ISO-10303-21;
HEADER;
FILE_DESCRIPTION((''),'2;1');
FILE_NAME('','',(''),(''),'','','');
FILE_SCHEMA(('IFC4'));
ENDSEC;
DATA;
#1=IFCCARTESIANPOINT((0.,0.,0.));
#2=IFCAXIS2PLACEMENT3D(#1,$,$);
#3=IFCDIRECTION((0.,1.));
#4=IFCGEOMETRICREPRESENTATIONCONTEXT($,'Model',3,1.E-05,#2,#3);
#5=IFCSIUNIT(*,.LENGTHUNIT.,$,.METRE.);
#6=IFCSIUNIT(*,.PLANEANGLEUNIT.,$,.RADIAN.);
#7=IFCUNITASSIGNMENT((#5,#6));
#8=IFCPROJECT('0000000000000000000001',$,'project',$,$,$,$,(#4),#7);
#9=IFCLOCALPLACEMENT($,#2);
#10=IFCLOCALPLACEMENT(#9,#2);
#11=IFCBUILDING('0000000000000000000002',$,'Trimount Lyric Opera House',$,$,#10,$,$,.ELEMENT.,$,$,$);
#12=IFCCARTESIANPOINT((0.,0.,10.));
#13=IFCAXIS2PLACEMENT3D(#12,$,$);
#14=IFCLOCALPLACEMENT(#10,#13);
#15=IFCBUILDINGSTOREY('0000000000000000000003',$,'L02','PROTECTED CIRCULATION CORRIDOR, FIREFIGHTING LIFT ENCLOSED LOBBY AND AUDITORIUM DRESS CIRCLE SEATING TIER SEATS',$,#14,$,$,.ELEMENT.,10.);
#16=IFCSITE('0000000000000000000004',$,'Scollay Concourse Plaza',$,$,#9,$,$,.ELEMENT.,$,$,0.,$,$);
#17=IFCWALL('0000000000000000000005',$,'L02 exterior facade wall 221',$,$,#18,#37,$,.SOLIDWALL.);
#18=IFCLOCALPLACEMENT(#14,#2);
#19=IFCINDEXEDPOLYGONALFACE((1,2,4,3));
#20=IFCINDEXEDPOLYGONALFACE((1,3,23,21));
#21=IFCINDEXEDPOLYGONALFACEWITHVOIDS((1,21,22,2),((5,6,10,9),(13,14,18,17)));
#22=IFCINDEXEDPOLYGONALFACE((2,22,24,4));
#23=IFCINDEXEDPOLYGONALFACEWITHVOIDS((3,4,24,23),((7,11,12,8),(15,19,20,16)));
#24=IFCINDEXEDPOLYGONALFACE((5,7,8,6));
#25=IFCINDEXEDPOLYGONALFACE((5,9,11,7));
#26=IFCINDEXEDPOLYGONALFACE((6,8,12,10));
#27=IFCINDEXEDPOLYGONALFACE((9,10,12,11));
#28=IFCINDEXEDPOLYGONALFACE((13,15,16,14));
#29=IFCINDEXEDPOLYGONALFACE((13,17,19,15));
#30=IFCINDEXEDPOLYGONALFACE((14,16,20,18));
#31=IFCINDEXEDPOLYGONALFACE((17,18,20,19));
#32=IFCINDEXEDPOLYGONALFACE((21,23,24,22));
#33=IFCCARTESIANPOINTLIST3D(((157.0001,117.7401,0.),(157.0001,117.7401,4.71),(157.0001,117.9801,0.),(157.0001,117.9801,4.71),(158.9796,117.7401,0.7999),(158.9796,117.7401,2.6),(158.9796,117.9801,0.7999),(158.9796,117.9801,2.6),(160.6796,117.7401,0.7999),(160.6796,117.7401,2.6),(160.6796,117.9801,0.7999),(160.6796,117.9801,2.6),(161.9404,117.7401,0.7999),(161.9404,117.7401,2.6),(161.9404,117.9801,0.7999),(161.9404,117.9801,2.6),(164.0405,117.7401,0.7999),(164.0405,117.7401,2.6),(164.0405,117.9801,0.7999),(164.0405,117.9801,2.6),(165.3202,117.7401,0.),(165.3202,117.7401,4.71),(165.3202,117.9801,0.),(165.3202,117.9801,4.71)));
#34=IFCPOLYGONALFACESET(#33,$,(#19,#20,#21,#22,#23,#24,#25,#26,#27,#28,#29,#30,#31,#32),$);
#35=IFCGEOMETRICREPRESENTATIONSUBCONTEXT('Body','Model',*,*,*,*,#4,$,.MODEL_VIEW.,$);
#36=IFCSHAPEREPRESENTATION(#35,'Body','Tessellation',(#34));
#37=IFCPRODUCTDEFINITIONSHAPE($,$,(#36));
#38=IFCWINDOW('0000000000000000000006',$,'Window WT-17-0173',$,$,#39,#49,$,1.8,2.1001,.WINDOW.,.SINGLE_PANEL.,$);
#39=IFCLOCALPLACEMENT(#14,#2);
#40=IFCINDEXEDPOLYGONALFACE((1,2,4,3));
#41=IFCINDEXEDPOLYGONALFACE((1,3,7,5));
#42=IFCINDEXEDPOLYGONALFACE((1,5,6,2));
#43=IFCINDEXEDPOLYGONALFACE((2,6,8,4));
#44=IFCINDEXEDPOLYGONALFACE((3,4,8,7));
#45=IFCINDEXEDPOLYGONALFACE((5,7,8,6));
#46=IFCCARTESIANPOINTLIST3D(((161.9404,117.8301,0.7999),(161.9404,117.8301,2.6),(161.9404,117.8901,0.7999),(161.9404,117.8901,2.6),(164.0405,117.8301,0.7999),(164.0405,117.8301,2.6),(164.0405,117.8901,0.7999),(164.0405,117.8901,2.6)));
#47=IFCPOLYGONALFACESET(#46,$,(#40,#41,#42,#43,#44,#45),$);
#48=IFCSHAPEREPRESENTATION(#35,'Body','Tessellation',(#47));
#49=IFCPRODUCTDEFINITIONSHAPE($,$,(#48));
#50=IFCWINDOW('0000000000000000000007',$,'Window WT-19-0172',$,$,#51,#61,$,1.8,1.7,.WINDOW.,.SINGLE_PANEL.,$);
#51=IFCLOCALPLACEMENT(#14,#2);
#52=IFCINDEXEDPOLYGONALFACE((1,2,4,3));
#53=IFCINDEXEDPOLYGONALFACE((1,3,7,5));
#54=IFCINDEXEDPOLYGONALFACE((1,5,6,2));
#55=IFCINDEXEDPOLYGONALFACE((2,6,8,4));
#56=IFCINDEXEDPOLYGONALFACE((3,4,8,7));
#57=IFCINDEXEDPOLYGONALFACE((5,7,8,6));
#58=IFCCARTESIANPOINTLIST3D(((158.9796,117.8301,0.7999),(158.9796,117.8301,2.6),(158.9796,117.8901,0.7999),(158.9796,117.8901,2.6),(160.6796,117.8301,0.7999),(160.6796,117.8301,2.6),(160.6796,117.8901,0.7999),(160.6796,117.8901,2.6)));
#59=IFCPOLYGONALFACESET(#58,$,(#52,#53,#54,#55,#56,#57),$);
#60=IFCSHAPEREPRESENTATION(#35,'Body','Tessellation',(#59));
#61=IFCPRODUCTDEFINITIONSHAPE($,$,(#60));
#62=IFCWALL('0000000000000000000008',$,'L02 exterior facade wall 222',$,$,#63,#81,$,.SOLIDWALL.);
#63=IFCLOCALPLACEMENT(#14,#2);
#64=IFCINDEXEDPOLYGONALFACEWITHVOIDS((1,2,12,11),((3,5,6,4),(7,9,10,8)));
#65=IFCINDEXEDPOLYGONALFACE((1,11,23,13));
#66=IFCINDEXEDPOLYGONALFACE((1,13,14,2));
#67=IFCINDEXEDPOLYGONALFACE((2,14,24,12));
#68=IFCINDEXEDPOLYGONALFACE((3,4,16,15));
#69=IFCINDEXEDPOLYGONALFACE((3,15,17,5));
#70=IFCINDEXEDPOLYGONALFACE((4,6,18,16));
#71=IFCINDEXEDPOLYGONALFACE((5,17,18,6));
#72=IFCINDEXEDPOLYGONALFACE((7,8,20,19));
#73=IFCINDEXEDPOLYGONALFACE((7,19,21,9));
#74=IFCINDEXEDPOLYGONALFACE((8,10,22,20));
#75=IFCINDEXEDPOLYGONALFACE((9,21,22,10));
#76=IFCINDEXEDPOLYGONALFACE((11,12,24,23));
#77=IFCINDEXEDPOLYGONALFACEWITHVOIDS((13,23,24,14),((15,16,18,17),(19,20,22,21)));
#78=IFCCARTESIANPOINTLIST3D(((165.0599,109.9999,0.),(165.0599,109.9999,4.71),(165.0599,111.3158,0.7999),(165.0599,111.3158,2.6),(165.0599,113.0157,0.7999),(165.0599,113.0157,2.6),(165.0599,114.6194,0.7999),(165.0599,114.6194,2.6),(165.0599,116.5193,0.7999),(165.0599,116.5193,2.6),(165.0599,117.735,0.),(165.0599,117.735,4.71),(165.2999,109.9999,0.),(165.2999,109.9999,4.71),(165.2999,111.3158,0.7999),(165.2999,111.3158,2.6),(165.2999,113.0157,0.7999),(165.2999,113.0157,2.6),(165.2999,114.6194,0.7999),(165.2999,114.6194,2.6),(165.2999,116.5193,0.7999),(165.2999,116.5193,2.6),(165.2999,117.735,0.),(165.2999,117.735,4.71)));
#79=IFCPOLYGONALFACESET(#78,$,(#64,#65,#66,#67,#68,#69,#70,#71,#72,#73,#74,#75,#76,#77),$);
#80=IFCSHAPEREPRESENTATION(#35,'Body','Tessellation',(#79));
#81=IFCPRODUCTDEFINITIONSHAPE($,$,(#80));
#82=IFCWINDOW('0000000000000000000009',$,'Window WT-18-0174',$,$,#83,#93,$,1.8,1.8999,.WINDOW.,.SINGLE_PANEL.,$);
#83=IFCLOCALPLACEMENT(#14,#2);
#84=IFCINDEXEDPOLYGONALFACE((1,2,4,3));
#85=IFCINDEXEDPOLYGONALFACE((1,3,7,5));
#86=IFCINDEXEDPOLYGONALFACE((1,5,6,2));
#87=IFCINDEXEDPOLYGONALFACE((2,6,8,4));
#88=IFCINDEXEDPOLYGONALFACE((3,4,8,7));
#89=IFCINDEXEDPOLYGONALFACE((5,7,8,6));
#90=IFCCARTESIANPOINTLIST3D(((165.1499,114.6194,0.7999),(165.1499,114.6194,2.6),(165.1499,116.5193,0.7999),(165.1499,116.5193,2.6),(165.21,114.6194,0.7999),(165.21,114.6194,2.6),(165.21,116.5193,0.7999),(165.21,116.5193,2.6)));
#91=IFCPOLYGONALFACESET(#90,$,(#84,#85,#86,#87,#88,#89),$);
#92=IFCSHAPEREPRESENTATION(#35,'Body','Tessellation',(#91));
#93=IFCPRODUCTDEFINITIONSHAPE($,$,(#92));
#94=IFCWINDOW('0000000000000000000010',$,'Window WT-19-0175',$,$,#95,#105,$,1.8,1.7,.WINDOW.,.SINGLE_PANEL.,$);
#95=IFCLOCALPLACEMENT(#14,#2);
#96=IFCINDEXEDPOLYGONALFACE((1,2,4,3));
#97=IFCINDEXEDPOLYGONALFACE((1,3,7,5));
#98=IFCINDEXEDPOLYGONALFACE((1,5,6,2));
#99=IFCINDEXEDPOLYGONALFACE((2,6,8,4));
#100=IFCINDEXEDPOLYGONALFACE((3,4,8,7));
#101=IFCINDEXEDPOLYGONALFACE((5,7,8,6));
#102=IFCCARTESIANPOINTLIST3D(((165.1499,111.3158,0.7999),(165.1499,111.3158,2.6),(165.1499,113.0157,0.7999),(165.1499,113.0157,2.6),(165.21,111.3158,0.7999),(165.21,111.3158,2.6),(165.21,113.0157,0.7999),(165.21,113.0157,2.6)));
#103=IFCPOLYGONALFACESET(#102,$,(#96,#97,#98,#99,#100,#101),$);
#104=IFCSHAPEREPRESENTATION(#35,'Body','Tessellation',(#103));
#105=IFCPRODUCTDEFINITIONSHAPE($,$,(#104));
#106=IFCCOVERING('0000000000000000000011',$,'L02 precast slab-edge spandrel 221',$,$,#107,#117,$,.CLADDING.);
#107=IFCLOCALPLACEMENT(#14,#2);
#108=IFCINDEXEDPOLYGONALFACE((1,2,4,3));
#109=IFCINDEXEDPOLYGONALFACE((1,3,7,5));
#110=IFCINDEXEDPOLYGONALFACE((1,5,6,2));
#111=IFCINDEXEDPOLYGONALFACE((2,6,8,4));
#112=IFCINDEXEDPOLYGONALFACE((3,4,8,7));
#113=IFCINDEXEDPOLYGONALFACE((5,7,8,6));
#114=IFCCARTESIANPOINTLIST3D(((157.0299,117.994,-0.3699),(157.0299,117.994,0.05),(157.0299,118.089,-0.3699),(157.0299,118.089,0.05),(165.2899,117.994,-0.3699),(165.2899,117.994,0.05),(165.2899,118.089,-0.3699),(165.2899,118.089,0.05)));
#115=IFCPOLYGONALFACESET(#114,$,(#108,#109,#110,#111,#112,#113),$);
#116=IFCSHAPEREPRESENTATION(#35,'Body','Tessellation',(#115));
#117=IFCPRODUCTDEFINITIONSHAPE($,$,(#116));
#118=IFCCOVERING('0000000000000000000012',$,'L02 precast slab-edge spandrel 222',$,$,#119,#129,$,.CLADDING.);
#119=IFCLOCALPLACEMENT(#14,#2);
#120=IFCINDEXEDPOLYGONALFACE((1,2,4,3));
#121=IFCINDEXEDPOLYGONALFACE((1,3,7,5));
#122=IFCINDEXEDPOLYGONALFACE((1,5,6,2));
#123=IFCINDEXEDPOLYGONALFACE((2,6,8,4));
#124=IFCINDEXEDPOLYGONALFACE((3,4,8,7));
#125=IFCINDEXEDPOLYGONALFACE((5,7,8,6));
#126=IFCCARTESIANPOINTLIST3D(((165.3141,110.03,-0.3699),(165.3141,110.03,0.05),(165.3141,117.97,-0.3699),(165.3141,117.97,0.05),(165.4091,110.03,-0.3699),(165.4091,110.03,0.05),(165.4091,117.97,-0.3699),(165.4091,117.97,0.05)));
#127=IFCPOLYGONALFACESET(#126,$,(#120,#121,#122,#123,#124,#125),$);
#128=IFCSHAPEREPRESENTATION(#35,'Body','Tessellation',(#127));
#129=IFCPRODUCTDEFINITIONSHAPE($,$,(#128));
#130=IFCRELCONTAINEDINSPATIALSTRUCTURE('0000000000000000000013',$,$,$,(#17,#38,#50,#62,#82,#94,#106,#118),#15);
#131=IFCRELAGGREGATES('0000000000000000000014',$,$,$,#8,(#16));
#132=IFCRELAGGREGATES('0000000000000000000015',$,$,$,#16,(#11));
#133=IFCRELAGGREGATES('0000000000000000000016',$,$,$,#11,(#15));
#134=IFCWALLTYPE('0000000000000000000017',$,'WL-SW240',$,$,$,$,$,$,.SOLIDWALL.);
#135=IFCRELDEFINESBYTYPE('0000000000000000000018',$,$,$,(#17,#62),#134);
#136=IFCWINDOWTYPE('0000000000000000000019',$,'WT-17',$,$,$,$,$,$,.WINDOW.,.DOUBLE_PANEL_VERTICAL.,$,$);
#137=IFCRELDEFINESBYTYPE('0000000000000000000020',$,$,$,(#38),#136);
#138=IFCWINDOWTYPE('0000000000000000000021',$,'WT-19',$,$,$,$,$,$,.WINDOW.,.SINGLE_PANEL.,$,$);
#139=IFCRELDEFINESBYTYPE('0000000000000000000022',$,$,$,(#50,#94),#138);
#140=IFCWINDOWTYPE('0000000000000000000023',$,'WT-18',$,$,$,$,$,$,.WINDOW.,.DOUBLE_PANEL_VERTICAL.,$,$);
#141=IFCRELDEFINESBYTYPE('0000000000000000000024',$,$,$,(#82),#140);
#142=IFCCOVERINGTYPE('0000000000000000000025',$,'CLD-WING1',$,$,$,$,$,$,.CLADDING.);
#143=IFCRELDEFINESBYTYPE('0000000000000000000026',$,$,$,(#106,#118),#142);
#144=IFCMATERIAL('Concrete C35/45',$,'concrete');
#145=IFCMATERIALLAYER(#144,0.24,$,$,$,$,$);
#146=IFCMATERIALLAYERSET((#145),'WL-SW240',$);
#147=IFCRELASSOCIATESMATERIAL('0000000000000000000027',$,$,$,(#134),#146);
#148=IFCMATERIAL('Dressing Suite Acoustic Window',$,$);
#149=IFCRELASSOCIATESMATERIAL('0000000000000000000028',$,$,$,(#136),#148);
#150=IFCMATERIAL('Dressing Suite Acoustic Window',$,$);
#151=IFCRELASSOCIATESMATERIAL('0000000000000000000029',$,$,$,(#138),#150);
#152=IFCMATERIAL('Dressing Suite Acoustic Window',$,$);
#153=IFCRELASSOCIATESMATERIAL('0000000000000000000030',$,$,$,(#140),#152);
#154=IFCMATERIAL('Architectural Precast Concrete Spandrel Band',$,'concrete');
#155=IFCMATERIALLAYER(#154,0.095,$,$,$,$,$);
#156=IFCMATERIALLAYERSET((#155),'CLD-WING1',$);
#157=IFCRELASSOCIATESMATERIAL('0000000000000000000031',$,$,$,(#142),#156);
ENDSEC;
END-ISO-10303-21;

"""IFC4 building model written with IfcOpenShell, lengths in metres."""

from ifc_helpers import new_model, si_unit, direction, frame, frame_2d, origin, origin_2d, place, context, subcontext, project, spatial, rectangle, extrude, material, layer, layer_set, type_object, element, fill, save


model = new_model("IFC4")

# Units and contexts
model_context = context("Model", 3, precision=1e-05, world=origin(), true_north=direction((0.0, 1.0)))
body_context = subcontext(model_context, "Body", "Model", "MODEL_VIEW")
ifc_project = project(units=[si_unit("LENGTHUNIT", "METRE"), si_unit("PLANEANGLEUNIT", "RADIAN")], contexts=[model_context])

# Site, building, storey
site_placement = place(None, origin())
site = spatial("IfcSite", under=ifc_project, at=site_placement, Name="Scollay Concourse Plaza", CompositionType="ELEMENT", RefElevation=0.0)
building_placement = place(site_placement, origin())
building = spatial("IfcBuilding", under=site, at=building_placement, Name="Trimount Lyric Opera House", CompositionType="ELEMENT")
storey_placement = place(building_placement, frame((0.0, 0.0, 10.0)))
storey = spatial("IfcBuildingStorey", under=building, at=storey_placement, Name="L02", Description="PROTECTED CIRCULATION CORRIDOR, FIREFIGHTING LIFT ENCLOSED LOBBY AND AUDITORIUM DRESS CIRCLE SEATING TIER SEATS", CompositionType="ELEMENT", Elevation=10.0)

# Walls, openings, windows
ifc_material_1 = material(Name="Concrete C35/45", Category="concrete")
ifc_layer_1 = layer(ifc_material_1, 0.24)
ifc_layer_set_1 = layer_set([ifc_layer_1], Name="WL-SW240")
wall_type_1 = type_object("IfcWallType", Name="WL-SW240", PredefinedType="SOLIDWALL", material=ifc_layer_set_1)
wall_1_placement = place(storey_placement, frame((157.0, 117.8601, 0.0), z_axis=(0.0, 0.0, 1.0), x_axis=(1.0, 0.0, 0.0)))
wall_1 = element("IfcWall", 1, at=wall_1_placement, inside=storey, type_object=wall_type_1, Name="L02 exterior facade wall 221", PredefinedType="SOLIDWALL", context=body_context, shape_type="SweptSolid", body=[
    extrude(rectangle(XDim=8.3201, YDim=0.24, at=frame_2d((4.1602, 0.0))), origin(), (0.0, 0.0, 1.0), 4.71),
])
opening_1_placement = place(wall_1_placement, frame((1.9795, 0.0, 0.8)))
opening_1 = element("IfcOpeningElement", 2, at=opening_1_placement, cuts=wall_1, PredefinedType="OPENING", context=body_context, shape_type="SweptSolid", body=[
    extrude(rectangle(XDim=1.7, YDim=1.8, at=frame_2d((0.8501, 0.8999))), frame((0.0, 0.1299, 0.0), z_axis=(0.0, -1.0, 0.0), x_axis=(1.0, 0.0, 0.0)), (0.0, 0.0, 1.0), 0.26),
])
opening_2_placement = place(wall_1_placement, frame((4.9404, 0.0, 0.8)))
opening_2 = element("IfcOpeningElement", 3, at=opening_2_placement, cuts=wall_1, PredefinedType="OPENING", context=body_context, shape_type="SweptSolid", body=[
    extrude(rectangle(XDim=2.1001, YDim=1.8, at=frame_2d((1.05, 0.8999))), frame((0.0, 0.1299, 0.0), z_axis=(0.0, -1.0, 0.0), x_axis=(1.0, 0.0, 0.0)), (0.0, 0.0, 1.0), 0.26),
])
ifc_material_2 = material(Name="Dressing Suite Acoustic Window")
window_type_1 = type_object("IfcWindowType", Name="WT-17", PartitioningType="DOUBLE_PANEL_VERTICAL", PredefinedType="WINDOW", material=ifc_material_2)
window_1_placement = place(opening_2_placement, origin())
window_1 = element("IfcWindow", 4, at=window_1_placement, inside=storey, type_object=window_type_1, Name="Window WT-17-0173", OverallHeight=1.8, OverallWidth=2.1001, PartitioningType="SINGLE_PANEL", PredefinedType="WINDOW", context=body_context, shape_type="SweptSolid", body=[
    extrude(rectangle(XDim=2.1001, YDim=1.8, at=frame_2d((1.05, 0.8999))), frame((0.0, 0.03, 0.0), z_axis=(0.0, -1.0, 0.0), x_axis=(1.0, 0.0, 0.0)), (0.0, 0.0, 1.0), 0.0601),
])
fill(opening_2, window_1)
ifc_material_3 = material(Name="Dressing Suite Acoustic Window")
window_type_2 = type_object("IfcWindowType", Name="WT-19", PartitioningType="SINGLE_PANEL", PredefinedType="WINDOW", material=ifc_material_3)
window_2_placement = place(opening_1_placement, origin())
window_2 = element("IfcWindow", 5, at=window_2_placement, inside=storey, type_object=window_type_2, Name="Window WT-19-0172", OverallHeight=1.8, OverallWidth=1.7, PartitioningType="SINGLE_PANEL", PredefinedType="WINDOW", context=body_context, shape_type="SweptSolid", body=[
    extrude(rectangle(XDim=1.7, YDim=1.8, at=frame_2d((0.8501, 0.8999))), frame((0.0, 0.03, 0.0), z_axis=(0.0, -1.0, 0.0), x_axis=(1.0, 0.0, 0.0)), (0.0, 0.0, 1.0), 0.0601),
])
fill(opening_1, window_2)
wall_2_placement = place(storey_placement, frame((165.1799, 117.7351, 0.0), z_axis=(0.0, 0.0, 1.0), x_axis=(0.0, -1.0, 0.0)))
wall_2 = element("IfcWall", 6, at=wall_2_placement, inside=storey, type_object=wall_type_1, Name="L02 exterior facade wall 222", PredefinedType="SOLIDWALL", context=body_context, shape_type="SweptSolid", body=[
    extrude(rectangle(XDim=7.7351, YDim=0.24, at=frame_2d((3.8677, 0.0))), origin(), (0.0, 0.0, 1.0), 4.71),
])
opening_3_placement = place(wall_2_placement, frame((1.2158, 0.0, 0.8)))
opening_3 = element("IfcOpeningElement", 7, at=opening_3_placement, cuts=wall_2, PredefinedType="OPENING", context=body_context, shape_type="SweptSolid", body=[
    extrude(rectangle(XDim=1.8999, YDim=1.8, at=frame_2d((0.95, 0.8999))), frame((0.0, 0.1299, 0.0), z_axis=(0.0, -1.0, 0.0), x_axis=(1.0, 0.0, 0.0)), (0.0, 0.0, 1.0), 0.26),
])
opening_4_placement = place(wall_2_placement, frame((4.7192, 0.0, 0.8)))
opening_4 = element("IfcOpeningElement", 8, at=opening_4_placement, cuts=wall_2, PredefinedType="OPENING", context=body_context, shape_type="SweptSolid", body=[
    extrude(rectangle(XDim=1.7, YDim=1.8, at=frame_2d((0.8501, 0.8999))), frame((0.0, 0.1299, 0.0), z_axis=(0.0, -1.0, 0.0), x_axis=(1.0, 0.0, 0.0)), (0.0, 0.0, 1.0), 0.26),
])
ifc_material_4 = material(Name="Dressing Suite Acoustic Window")
window_type_3 = type_object("IfcWindowType", Name="WT-18", PartitioningType="DOUBLE_PANEL_VERTICAL", PredefinedType="WINDOW", material=ifc_material_4)
window_3_placement = place(opening_3_placement, origin())
window_3 = element("IfcWindow", 9, at=window_3_placement, inside=storey, type_object=window_type_3, Name="Window WT-18-0174", OverallHeight=1.8, OverallWidth=1.8999, PartitioningType="SINGLE_PANEL", PredefinedType="WINDOW", context=body_context, shape_type="SweptSolid", body=[
    extrude(rectangle(XDim=1.8999, YDim=1.8, at=frame_2d((0.95, 0.8999))), frame((0.0, 0.03, 0.0), z_axis=(0.0, -1.0, 0.0), x_axis=(1.0, 0.0, 0.0)), (0.0, 0.0, 1.0), 0.0601),
])
fill(opening_3, window_3)
window_4_placement = place(opening_4_placement, origin())
window_4 = element("IfcWindow", 10, at=window_4_placement, inside=storey, type_object=window_type_2, Name="Window WT-19-0175", OverallHeight=1.8, OverallWidth=1.7, PartitioningType="SINGLE_PANEL", PredefinedType="WINDOW", context=body_context, shape_type="SweptSolid", body=[
    extrude(rectangle(XDim=1.7, YDim=1.8, at=frame_2d((0.8501, 0.8999))), frame((0.0, 0.03, 0.0), z_axis=(0.0, -1.0, 0.0), x_axis=(1.0, 0.0, 0.0)), (0.0, 0.0, 1.0), 0.0601),
])
fill(opening_4, window_4)

# Coverings
ifc_material_5 = material(Name="Architectural Precast Concrete Spandrel Band", Category="concrete")
ifc_layer_2 = layer(ifc_material_5, 0.095)
ifc_layer_set_2 = layer_set([ifc_layer_2], Name="CLD-WING1")
covering_type = type_object("IfcCoveringType", Name="CLD-WING1", PredefinedType="CLADDING", material=ifc_layer_set_2)
covering_1_placement = place(storey_placement, frame((161.1599, 118.0415, -0.3699), z_axis=(0.0, 0.0, 1.0), x_axis=(1.0, 0.0, 0.0)))
element("IfcCovering", 11, at=covering_1_placement, inside=storey, type_object=covering_type, Name="L02 precast slab-edge spandrel 221", PredefinedType="CLADDING", context=body_context, shape_type="SweptSolid", body=[
    extrude(rectangle(XDim=8.26, YDim=0.095, at=origin_2d()), origin(), (0.0, 0.0, 1.0), 0.4199),
])
covering_2_placement = place(storey_placement, frame((165.3616, 114.0, -0.3699), z_axis=(0.0, 0.0, 1.0), x_axis=(0.0, -1.0, 0.0)))
element("IfcCovering", 12, at=covering_2_placement, inside=storey, type_object=covering_type, Name="L02 precast slab-edge spandrel 222", PredefinedType="CLADDING", context=body_context, shape_type="SweptSolid", body=[
    extrude(rectangle(XDim=7.9399, YDim=0.095, at=origin_2d()), origin(), (0.0, 0.0, 1.0), 0.4199),
])

save(model, "model.ifc")
